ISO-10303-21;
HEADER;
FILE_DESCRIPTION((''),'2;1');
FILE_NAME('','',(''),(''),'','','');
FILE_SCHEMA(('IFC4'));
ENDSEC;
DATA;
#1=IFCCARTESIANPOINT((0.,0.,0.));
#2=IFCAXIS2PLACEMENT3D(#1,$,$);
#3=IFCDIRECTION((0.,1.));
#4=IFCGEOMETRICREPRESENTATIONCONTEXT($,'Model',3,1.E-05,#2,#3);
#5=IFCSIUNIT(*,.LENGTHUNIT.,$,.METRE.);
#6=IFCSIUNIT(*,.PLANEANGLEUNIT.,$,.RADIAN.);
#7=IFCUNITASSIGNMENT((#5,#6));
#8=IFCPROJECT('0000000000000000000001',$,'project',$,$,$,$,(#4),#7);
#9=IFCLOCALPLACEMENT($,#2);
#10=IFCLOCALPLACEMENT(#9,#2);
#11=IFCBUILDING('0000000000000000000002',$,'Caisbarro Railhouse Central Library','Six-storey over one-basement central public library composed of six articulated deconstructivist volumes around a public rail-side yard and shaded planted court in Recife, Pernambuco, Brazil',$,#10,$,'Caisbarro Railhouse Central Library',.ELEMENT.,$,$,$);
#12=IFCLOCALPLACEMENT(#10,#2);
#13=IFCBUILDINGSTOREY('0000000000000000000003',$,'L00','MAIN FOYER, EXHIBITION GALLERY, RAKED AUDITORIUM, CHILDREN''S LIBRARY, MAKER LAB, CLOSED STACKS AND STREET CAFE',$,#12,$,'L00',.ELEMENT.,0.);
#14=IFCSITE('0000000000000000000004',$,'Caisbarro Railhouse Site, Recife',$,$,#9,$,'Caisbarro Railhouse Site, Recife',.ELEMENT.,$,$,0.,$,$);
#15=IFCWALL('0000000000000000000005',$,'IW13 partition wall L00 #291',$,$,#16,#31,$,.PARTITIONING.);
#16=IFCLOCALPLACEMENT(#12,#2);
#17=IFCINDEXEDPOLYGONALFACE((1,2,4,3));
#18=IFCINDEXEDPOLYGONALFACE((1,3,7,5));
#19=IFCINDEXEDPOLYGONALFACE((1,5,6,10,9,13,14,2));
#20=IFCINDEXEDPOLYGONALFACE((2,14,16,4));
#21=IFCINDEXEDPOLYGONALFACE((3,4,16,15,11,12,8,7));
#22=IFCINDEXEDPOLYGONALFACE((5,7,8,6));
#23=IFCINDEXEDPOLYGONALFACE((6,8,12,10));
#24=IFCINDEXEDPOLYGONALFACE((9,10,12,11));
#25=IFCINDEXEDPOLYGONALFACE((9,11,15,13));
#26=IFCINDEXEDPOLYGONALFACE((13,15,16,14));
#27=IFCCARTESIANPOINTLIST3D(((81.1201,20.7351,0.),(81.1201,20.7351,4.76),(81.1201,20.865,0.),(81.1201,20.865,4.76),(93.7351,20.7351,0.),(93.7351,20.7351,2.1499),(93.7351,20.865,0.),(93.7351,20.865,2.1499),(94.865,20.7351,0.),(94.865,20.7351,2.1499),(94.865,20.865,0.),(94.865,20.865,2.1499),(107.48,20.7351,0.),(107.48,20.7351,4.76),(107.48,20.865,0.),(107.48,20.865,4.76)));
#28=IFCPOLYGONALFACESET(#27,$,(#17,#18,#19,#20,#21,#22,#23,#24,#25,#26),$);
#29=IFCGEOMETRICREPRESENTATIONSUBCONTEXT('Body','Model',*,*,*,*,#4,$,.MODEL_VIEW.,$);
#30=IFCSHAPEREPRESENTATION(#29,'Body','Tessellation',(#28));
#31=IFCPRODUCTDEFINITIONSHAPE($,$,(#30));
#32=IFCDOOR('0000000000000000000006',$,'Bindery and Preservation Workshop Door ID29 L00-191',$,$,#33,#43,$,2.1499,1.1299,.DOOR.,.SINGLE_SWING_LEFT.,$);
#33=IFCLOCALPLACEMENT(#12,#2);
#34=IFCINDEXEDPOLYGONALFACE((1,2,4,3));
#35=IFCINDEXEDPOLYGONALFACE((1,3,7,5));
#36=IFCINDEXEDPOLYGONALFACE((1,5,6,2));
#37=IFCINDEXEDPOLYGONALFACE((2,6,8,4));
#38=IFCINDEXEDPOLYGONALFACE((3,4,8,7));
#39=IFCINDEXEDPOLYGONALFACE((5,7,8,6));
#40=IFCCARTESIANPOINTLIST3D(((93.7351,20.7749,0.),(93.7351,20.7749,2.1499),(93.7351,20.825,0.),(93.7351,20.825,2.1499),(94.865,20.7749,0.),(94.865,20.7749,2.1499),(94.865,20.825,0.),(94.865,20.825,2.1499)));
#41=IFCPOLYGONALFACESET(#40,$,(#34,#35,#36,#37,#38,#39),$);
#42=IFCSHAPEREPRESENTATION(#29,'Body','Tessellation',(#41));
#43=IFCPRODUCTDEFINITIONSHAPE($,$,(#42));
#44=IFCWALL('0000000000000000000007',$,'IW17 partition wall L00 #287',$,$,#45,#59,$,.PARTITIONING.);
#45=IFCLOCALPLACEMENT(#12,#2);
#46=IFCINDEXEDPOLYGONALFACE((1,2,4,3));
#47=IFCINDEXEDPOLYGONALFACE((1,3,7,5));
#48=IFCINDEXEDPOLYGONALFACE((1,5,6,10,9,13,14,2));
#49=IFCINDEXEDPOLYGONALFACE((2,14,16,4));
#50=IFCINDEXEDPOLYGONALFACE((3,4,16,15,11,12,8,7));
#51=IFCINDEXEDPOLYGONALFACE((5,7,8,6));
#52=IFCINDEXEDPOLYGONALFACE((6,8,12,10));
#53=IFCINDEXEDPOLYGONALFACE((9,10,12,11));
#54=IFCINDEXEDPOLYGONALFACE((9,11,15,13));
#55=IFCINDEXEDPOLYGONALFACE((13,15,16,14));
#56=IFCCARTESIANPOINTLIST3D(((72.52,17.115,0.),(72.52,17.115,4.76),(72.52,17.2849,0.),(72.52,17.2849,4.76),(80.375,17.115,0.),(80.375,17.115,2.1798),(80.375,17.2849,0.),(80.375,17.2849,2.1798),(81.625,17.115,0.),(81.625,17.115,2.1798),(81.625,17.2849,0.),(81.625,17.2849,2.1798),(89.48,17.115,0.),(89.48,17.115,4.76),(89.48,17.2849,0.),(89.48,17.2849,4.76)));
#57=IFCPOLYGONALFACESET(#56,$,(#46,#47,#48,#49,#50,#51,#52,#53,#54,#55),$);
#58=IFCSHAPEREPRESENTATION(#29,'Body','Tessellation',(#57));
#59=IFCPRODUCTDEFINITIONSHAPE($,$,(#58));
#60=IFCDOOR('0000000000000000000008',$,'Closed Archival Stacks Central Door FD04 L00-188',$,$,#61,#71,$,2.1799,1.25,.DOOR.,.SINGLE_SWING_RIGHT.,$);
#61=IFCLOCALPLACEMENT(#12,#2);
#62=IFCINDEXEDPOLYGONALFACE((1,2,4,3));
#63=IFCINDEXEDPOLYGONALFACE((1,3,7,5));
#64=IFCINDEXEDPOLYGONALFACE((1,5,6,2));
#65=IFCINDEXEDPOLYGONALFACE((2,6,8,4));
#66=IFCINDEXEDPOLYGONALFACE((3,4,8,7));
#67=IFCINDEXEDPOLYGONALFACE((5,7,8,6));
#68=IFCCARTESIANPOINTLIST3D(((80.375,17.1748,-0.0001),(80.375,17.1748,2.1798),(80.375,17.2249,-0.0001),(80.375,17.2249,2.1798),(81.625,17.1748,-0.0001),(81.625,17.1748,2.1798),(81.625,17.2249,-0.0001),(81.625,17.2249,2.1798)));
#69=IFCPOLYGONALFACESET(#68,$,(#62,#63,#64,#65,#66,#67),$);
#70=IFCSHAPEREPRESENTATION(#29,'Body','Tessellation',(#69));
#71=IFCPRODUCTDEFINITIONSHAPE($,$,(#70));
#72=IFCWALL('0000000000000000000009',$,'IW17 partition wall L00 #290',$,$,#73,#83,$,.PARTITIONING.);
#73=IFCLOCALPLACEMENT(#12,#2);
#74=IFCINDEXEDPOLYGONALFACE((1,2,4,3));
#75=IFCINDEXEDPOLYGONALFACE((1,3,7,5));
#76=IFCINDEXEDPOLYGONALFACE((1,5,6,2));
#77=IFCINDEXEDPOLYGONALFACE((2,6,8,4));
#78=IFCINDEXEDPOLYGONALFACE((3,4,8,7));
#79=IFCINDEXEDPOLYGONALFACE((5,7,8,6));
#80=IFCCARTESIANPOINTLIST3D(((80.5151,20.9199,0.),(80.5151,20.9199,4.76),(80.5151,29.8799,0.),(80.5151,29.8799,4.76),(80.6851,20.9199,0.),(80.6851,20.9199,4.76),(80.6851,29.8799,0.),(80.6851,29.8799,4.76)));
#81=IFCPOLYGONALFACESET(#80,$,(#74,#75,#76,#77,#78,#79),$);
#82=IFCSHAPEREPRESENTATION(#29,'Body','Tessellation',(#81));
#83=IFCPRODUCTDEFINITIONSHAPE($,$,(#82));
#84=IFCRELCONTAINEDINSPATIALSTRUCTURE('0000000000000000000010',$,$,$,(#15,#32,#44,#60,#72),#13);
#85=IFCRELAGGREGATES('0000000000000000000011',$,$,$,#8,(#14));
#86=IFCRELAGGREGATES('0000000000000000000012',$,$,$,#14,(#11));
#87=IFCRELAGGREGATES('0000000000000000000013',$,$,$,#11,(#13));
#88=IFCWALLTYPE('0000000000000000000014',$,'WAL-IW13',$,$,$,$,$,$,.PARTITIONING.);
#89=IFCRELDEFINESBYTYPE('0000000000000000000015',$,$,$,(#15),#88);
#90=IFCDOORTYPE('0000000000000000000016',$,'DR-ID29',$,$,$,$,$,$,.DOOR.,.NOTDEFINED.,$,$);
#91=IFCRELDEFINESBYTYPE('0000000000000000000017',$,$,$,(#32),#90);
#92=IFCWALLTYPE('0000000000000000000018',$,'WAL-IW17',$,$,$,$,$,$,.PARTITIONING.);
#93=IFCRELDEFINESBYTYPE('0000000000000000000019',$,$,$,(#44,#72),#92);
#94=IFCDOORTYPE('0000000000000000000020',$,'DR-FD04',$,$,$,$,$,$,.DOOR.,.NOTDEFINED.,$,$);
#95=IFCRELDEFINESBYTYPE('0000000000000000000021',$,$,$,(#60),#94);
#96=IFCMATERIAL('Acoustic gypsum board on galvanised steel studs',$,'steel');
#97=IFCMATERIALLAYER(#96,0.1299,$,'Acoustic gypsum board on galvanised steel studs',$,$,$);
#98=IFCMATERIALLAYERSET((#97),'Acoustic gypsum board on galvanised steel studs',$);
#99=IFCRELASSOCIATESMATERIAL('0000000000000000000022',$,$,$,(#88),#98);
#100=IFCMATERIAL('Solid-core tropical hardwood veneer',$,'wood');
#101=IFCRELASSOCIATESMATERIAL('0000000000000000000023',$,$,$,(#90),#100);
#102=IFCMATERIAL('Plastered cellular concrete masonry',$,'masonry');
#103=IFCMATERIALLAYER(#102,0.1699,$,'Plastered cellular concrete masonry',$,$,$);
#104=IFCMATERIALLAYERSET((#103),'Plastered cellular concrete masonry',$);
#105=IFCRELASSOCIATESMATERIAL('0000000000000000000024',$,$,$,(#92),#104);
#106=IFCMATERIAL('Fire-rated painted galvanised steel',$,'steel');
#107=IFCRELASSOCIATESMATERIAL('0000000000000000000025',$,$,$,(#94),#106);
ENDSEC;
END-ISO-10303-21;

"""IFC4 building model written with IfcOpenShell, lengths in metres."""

from ifc_helpers import new_model, si_unit, direction, frame, frame_2d, origin, place, context, subcontext, project, spatial, rectangle, extrude, material, layer, layer_set, type_object, element, fill, save


model = new_model("IFC4")

# Units and contexts
model_context = context("Model", 3, precision=1e-05, world=origin(), true_north=direction((0.0, 1.0)))
body_context = subcontext(model_context, "Body", "Model", "MODEL_VIEW")
ifc_project = project(units=[si_unit("LENGTHUNIT", "METRE"), si_unit("PLANEANGLEUNIT", "RADIAN")], contexts=[model_context])

# Site, building, storey
site_placement = place(None, origin())
site = spatial("IfcSite", under=ifc_project, at=site_placement, Name="Caisbarro Railhouse Site, Recife", LongName="Caisbarro Railhouse Site, Recife", CompositionType="ELEMENT", RefElevation=0.0)
building_placement = place(site_placement, origin())
building = spatial("IfcBuilding", under=site, at=building_placement, Name="Caisbarro Railhouse Central Library", Description="Six-storey over one-basement central public library composed of six articulated deconstructivist volumes around a public rail-side yard and shaded planted court in Recife, Pernambuco, Brazil", LongName="Caisbarro Railhouse Central Library", CompositionType="ELEMENT")
storey_placement = place(building_placement, origin())
storey = spatial("IfcBuildingStorey", under=building, at=storey_placement, Name="L00", Description="MAIN FOYER, EXHIBITION GALLERY, RAKED AUDITORIUM, CHILDREN'S LIBRARY, MAKER LAB, CLOSED STACKS AND STREET CAFE", LongName="L00", CompositionType="ELEMENT", Elevation=0.0)

# Walls, openings, doors
ifc_material_1 = material(Name="Acoustic gypsum board on galvanised steel studs", Category="steel")
ifc_layer_1 = layer(ifc_material_1, 0.1299, Name="Acoustic gypsum board on galvanised steel studs")
ifc_layer_set_1 = layer_set([ifc_layer_1], Name="Acoustic gypsum board on galvanised steel studs")
wall_type_1 = type_object("IfcWallType", Name="WAL-IW13", PredefinedType="PARTITIONING", material=ifc_layer_set_1)
wall_1_placement = place(storey_placement, frame((81.1201, 20.8, 0.0), z_axis=(0.0, 0.0, 1.0), x_axis=(1.0, 0.0, 0.0)))
wall_1 = element("IfcWall", 1, at=wall_1_placement, inside=storey, type_object=wall_type_1, Name="IW13 partition wall L00 #291", PredefinedType="PARTITIONING", context=body_context, shape_type="SweptSolid", body=[
    extrude(rectangle(XDim=26.3599, YDim=0.1299, at=frame_2d((13.1799, 0.0))), origin(), (0.0, 0.0, 1.0), 4.76),
])
opening_1_placement = place(wall_1_placement, frame((12.615, 0.0, 0.0)))
opening_1 = element("IfcOpeningElement", 2, at=opening_1_placement, cuts=wall_1, PredefinedType="OPENING", context=body_context, shape_type="SweptSolid", body=[
    extrude(rectangle(XDim=1.1299, YDim=2.1499, at=frame_2d((0.5649, 1.075))), frame((0.0, 0.075, 0.0), z_axis=(0.0, -1.0, 0.0), x_axis=(1.0, 0.0, 0.0)), (0.0, 0.0, 1.0), 0.1499),
])
ifc_material_2 = material(Name="Solid-core tropical hardwood veneer", Category="wood")
door_type_1 = type_object("IfcDoorType", Name="DR-ID29", OperationType="NOTDEFINED", PredefinedType="DOOR", material=ifc_material_2)
door_1_placement = place(opening_1_placement, origin())
door_1 = element("IfcDoor", 3, at=door_1_placement, inside=storey, type_object=door_type_1, Name="Bindery and Preservation Workshop Door ID29 L00-191", OperationType="SINGLE_SWING_LEFT", OverallHeight=2.1499, OverallWidth=1.1299, PredefinedType="DOOR", context=body_context, shape_type="SweptSolid", body=[
    extrude(rectangle(XDim=1.1299, YDim=2.1499, at=frame_2d((0.5649, 1.075))), frame((0.0, 0.0249, 0.0), z_axis=(0.0, -1.0, 0.0), x_axis=(1.0, 0.0, 0.0)), (0.0, 0.0, 1.0), 0.05),
])
fill(opening_1, door_1)
ifc_material_3 = material(Name="Plastered cellular concrete masonry", Category="masonry")
ifc_layer_2 = layer(ifc_material_3, 0.1699, Name="Plastered cellular concrete masonry")
ifc_layer_set_2 = layer_set([ifc_layer_2], Name="Plastered cellular concrete masonry")
wall_type_2 = type_object("IfcWallType", Name="WAL-IW17", PredefinedType="PARTITIONING", material=ifc_layer_set_2)
wall_2_placement = place(storey_placement, frame((72.52, 17.2, 0.0), z_axis=(0.0, 0.0, 1.0), x_axis=(1.0, 0.0, 0.0)))
wall_2 = element("IfcWall", 4, at=wall_2_placement, inside=storey, type_object=wall_type_2, Name="IW17 partition wall L00 #287", PredefinedType="PARTITIONING", context=body_context, shape_type="SweptSolid", body=[
    extrude(rectangle(XDim=16.96, YDim=0.1699, at=frame_2d((8.48, 0.0))), origin(), (0.0, 0.0, 1.0), 4.76),
])
opening_2_placement = place(wall_2_placement, frame((7.855, 0.0, 0.0)))
opening_2 = element("IfcOpeningElement", 5, at=opening_2_placement, cuts=wall_2, PredefinedType="OPENING", context=body_context, shape_type="SweptSolid", body=[
    extrude(rectangle(XDim=1.25, YDim=2.1799, at=frame_2d((0.625, 1.0898))), frame((0.0, 0.095, 0.0), z_axis=(0.0, -1.0, 0.0), x_axis=(1.0, 0.0, 0.0)), (0.0, 0.0, 1.0), 0.1899),
])
ifc_material_4 = material(Name="Fire-rated painted galvanised steel", Category="steel")
door_type_2 = type_object("IfcDoorType", Name="DR-FD04", OperationType="NOTDEFINED", PredefinedType="DOOR", material=ifc_material_4)
door_2_placement = place(opening_2_placement, origin())
door_2 = element("IfcDoor", 6, at=door_2_placement, inside=storey, type_object=door_type_2, Name="Closed Archival Stacks Central Door FD04 L00-188", OperationType="SINGLE_SWING_RIGHT", OverallHeight=2.1799, OverallWidth=1.25, PredefinedType="DOOR", context=body_context, shape_type="SweptSolid", body=[
    extrude(rectangle(XDim=1.25, YDim=2.1799, at=frame_2d((0.625, 1.0898))), frame((0.0, 0.0249, 0.0), z_axis=(0.0, -1.0, 0.0), x_axis=(1.0, 0.0, 0.0)), (0.0, 0.0, 1.0), 0.05),
])
fill(opening_2, door_2)

# Wall
wall_3_placement = place(storey_placement, frame((80.6001, 20.9199, 0.0), z_axis=(0.0, 0.0, 1.0), x_axis=(0.0, 1.0, 0.0)))
element("IfcWall", 7, at=wall_3_placement, inside=storey, type_object=wall_type_2, Name="IW17 partition wall L00 #290", PredefinedType="PARTITIONING", context=body_context, shape_type="SweptSolid", body=[
    extrude(rectangle(XDim=8.96, YDim=0.1699, at=frame_2d((4.48, 0.0))), origin(), (0.0, 0.0, 1.0), 4.76),
])

save(model, "model.ifc")
